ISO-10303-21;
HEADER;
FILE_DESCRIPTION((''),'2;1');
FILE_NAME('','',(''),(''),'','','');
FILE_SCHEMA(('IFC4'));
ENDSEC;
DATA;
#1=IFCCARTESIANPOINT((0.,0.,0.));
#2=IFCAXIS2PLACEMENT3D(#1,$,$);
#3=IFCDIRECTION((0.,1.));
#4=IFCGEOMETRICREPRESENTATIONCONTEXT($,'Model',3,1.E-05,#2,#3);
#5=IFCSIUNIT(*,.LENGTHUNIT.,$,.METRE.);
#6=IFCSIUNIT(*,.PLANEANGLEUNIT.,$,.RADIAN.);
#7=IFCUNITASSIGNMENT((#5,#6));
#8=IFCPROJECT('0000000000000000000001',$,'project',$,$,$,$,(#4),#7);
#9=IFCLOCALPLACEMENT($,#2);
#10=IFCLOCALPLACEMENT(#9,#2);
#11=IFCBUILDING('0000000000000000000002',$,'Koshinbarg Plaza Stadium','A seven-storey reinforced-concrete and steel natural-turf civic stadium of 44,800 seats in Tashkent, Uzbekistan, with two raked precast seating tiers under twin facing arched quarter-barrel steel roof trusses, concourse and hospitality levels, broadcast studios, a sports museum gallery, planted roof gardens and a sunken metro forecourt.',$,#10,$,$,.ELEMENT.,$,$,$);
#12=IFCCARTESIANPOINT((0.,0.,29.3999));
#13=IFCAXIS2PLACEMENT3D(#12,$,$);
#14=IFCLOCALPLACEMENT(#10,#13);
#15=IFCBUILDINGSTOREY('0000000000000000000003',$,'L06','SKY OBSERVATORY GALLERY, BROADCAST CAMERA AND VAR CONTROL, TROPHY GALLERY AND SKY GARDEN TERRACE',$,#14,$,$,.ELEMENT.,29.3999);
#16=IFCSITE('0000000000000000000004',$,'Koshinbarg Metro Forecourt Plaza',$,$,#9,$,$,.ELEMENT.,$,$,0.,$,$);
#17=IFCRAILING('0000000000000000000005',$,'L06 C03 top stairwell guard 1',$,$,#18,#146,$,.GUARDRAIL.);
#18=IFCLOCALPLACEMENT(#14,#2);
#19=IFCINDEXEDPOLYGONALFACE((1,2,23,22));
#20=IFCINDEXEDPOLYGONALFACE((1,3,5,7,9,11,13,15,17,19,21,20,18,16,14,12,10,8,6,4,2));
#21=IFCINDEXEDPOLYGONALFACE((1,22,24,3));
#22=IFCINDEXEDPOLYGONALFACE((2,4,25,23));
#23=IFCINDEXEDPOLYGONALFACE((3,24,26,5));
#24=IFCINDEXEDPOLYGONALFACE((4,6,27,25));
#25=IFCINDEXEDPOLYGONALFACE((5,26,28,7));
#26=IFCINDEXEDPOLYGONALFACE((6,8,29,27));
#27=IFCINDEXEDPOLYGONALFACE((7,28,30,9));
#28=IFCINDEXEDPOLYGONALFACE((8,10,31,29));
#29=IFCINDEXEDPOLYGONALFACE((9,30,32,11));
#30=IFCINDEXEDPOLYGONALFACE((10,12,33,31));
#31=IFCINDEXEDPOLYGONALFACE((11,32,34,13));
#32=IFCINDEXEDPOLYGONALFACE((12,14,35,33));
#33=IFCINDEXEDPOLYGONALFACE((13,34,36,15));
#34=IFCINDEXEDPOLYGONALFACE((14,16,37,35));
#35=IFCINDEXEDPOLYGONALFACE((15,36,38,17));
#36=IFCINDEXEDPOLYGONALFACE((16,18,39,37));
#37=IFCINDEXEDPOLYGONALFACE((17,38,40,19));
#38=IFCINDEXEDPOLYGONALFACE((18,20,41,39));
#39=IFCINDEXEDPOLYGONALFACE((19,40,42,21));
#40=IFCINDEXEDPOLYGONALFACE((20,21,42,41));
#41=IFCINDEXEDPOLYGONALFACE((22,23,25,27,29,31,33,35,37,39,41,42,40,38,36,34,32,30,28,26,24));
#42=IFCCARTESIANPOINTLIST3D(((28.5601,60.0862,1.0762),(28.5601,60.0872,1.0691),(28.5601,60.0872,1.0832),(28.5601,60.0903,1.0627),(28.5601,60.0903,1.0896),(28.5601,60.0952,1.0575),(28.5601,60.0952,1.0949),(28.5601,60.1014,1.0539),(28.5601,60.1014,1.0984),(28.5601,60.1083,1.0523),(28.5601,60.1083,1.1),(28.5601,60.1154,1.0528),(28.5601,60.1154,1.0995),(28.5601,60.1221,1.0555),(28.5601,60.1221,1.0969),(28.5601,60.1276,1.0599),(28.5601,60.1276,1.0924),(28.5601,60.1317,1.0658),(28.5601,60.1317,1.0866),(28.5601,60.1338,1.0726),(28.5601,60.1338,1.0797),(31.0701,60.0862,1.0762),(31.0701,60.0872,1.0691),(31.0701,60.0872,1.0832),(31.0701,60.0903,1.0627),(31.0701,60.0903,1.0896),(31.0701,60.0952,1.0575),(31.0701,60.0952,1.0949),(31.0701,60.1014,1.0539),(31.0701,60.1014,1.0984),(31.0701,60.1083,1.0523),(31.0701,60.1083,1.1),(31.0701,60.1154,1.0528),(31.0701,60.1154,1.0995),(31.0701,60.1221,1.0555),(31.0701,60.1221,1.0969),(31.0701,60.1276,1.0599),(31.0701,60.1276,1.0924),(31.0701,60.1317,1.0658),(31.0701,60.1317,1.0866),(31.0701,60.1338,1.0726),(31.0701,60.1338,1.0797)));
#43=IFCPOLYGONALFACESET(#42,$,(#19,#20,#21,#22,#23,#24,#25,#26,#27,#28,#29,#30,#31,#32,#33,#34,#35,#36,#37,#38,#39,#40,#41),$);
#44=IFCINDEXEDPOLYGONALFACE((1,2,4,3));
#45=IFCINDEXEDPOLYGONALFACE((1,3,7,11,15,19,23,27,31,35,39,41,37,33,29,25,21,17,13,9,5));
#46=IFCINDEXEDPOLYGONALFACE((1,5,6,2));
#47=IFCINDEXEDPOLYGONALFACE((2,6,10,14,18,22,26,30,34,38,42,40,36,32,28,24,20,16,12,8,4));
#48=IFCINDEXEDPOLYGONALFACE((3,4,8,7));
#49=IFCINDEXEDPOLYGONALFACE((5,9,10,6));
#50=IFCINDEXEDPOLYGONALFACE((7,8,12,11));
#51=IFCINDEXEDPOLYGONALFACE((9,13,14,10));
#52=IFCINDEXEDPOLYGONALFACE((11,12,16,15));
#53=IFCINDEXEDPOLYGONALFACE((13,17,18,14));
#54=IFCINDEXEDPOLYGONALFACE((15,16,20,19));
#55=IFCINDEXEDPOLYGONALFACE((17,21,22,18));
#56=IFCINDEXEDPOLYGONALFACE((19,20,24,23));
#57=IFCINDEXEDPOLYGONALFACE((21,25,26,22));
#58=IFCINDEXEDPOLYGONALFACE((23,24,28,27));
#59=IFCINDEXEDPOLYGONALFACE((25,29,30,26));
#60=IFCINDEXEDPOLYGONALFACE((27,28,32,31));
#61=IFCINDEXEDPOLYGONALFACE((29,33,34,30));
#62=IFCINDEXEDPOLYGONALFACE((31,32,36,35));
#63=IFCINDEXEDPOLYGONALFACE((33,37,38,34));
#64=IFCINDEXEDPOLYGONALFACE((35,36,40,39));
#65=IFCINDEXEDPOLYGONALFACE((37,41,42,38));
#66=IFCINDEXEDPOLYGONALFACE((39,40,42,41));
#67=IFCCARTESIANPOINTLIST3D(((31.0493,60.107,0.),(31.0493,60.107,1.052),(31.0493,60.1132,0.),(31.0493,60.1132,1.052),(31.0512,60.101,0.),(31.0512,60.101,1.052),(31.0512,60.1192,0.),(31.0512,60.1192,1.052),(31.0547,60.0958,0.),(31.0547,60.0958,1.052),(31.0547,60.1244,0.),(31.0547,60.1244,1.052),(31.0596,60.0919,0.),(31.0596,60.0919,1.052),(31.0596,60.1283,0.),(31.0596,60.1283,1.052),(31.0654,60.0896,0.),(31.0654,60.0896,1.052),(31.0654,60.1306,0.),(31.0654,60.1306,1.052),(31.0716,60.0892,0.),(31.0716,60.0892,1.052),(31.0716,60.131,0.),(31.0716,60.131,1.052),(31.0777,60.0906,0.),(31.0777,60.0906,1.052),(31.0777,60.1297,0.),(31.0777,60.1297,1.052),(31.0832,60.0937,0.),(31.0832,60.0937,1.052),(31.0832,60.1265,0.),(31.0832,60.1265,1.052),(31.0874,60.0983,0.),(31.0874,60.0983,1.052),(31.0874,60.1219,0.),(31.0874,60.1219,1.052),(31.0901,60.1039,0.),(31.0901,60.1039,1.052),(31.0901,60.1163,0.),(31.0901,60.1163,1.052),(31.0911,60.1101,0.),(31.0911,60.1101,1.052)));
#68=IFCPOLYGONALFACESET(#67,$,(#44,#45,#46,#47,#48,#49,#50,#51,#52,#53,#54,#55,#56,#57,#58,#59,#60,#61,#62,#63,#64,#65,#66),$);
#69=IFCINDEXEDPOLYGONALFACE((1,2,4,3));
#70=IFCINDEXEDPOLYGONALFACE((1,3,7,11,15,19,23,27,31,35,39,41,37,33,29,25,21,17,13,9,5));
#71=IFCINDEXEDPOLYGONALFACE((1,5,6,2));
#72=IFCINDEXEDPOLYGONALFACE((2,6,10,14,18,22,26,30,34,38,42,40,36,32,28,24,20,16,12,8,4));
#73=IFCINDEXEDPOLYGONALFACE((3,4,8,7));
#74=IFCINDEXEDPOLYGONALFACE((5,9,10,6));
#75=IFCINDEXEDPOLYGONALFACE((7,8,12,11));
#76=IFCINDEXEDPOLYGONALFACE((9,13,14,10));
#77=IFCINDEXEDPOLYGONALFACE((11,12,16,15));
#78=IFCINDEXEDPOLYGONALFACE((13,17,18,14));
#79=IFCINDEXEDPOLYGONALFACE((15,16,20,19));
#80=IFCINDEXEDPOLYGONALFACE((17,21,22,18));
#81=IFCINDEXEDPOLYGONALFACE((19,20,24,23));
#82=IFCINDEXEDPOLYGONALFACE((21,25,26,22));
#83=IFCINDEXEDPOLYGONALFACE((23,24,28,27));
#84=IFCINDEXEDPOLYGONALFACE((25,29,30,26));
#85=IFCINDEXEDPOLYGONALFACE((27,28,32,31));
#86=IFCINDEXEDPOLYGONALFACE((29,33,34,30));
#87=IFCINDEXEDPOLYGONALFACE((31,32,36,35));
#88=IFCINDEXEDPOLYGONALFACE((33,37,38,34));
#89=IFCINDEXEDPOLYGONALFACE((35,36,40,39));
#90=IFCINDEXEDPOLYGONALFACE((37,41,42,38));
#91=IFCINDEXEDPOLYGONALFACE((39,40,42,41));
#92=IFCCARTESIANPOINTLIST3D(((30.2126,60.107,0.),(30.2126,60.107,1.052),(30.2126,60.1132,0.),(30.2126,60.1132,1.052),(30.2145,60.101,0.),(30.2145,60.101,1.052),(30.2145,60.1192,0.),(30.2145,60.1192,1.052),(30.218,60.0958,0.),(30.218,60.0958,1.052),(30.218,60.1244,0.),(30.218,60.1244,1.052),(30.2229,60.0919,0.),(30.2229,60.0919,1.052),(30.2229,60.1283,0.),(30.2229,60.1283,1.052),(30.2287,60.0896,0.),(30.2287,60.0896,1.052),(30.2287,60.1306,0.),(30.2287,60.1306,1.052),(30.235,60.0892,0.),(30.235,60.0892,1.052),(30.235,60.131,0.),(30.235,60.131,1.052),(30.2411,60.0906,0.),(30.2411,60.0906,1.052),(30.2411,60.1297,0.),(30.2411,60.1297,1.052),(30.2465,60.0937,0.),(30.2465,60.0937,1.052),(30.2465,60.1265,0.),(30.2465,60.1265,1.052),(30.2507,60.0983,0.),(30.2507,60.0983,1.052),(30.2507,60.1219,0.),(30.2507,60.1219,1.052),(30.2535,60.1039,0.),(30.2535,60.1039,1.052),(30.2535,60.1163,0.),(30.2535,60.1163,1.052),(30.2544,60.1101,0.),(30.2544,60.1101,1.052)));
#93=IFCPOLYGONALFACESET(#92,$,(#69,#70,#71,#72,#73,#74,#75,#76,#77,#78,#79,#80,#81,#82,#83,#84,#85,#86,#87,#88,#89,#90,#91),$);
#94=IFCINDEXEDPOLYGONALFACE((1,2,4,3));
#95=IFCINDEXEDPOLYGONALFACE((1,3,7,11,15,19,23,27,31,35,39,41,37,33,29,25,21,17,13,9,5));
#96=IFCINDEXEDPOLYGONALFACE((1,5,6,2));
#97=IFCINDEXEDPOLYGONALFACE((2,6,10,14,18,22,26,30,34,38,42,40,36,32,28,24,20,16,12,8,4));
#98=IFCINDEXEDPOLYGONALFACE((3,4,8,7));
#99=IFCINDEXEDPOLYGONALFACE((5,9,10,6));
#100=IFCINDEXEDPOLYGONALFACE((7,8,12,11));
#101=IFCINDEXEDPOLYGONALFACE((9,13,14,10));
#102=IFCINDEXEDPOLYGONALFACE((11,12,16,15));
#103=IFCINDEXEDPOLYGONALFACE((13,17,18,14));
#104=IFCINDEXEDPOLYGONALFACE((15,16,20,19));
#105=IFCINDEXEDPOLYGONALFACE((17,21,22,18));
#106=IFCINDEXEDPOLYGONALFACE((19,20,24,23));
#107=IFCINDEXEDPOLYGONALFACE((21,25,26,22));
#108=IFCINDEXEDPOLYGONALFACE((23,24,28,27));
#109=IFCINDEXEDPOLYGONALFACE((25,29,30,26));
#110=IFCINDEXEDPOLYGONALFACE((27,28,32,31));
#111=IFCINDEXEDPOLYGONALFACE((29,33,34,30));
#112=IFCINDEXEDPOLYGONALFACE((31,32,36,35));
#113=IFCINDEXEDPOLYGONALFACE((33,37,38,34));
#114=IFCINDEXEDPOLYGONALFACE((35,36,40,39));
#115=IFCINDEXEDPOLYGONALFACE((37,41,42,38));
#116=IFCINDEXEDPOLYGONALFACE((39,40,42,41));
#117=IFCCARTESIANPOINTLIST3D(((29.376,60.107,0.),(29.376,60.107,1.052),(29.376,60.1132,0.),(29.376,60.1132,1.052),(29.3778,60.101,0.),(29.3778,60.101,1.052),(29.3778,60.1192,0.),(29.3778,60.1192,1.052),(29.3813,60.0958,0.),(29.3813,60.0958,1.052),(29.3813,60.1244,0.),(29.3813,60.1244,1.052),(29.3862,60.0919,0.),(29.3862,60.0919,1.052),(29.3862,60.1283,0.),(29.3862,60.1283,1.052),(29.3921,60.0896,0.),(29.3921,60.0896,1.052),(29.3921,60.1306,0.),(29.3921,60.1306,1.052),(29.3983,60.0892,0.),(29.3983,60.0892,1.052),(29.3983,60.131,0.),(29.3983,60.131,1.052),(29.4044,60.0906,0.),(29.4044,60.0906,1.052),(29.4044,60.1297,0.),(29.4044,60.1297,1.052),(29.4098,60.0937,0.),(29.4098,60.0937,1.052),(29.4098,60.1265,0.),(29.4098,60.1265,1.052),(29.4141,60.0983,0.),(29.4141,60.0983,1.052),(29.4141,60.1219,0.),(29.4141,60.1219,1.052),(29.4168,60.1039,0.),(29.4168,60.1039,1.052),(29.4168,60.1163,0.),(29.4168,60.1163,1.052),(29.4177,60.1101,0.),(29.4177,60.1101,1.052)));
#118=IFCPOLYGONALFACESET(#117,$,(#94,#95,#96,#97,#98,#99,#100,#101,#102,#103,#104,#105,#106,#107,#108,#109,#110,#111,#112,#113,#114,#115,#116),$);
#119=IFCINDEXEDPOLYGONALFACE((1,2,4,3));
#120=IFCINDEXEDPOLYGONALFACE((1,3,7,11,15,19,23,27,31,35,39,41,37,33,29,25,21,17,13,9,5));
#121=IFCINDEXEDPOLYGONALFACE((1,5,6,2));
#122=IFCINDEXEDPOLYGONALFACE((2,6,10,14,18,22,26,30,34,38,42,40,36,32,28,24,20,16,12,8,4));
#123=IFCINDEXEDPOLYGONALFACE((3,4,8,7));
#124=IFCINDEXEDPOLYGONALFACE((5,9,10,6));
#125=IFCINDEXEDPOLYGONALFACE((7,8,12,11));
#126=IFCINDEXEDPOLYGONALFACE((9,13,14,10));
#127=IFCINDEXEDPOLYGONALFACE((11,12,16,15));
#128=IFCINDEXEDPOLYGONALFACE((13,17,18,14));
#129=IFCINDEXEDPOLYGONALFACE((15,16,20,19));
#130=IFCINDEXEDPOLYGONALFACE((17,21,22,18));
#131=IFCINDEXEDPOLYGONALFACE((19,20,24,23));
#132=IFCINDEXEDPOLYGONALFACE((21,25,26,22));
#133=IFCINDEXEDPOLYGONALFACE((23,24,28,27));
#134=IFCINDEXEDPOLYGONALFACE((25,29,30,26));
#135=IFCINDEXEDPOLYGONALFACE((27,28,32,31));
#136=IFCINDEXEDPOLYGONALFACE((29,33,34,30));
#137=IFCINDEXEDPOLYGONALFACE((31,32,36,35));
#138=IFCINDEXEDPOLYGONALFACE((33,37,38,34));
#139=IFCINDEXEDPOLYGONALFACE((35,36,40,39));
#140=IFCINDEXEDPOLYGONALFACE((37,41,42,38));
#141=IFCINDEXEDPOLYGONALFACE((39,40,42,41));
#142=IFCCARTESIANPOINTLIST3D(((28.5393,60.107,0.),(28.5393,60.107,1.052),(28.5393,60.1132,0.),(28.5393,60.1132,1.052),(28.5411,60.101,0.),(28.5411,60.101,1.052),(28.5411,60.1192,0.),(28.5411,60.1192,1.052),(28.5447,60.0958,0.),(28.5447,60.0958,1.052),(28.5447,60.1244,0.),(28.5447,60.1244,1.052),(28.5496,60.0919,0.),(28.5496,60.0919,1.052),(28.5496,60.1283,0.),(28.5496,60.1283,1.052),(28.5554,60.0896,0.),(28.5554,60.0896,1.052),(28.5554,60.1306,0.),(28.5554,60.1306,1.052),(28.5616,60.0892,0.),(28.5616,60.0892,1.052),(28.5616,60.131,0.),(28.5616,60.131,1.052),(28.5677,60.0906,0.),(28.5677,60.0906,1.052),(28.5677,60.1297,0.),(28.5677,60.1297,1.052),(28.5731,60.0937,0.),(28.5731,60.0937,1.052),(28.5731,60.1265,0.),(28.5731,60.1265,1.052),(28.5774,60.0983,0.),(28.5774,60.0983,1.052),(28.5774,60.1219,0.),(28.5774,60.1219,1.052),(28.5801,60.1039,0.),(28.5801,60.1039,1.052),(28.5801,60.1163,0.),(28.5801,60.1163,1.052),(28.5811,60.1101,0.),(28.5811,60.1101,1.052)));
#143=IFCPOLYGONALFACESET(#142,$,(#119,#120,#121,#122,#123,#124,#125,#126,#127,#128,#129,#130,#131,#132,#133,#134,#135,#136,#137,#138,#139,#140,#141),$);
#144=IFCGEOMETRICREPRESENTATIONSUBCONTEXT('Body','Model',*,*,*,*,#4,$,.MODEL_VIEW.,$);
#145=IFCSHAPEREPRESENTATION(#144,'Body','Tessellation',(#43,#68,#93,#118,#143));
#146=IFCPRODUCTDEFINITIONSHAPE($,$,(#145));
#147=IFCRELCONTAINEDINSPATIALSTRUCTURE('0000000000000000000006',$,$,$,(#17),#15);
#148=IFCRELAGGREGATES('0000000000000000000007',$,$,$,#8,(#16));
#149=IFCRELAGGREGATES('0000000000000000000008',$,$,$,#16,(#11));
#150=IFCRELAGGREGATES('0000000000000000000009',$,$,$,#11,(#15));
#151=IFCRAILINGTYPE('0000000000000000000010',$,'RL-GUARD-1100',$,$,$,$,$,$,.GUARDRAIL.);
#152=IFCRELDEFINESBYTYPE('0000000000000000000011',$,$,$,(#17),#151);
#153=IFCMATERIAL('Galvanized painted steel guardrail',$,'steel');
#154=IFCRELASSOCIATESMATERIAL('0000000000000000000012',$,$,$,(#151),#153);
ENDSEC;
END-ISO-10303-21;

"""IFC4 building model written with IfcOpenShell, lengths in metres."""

from ifc_helpers import new_model, si_unit, direction, frame, origin, origin_2d, place, context, subcontext, project, spatial, circle, extrude, material, type_object, element, save


model = new_model("IFC4")

# Units and contexts
model_context = context("Model", 3, precision=1e-05, world=origin(), true_north=direction((0.0, 1.0)))
body_context = subcontext(model_context, "Body", "Model", "MODEL_VIEW")
ifc_project = project(units=[si_unit("LENGTHUNIT", "METRE"), si_unit("PLANEANGLEUNIT", "RADIAN")], contexts=[model_context])

# Site, building, storey
site_placement = place(None, origin())
site = spatial("IfcSite", under=ifc_project, at=site_placement, Name="Koshinbarg Metro Forecourt Plaza", CompositionType="ELEMENT", RefElevation=0.0)
building_placement = place(site_placement, origin())
building = spatial("IfcBuilding", under=site, at=building_placement, Name="Koshinbarg Plaza Stadium", Description="A seven-storey reinforced-concrete and steel natural-turf civic stadium of 44,800 seats in Tashkent, Uzbekistan, with two raked precast seating tiers under twin facing arched quarter-barrel steel roof trusses, concourse and hospitality levels, broadcast studios, a sports museum gallery, planted roof gardens and a sunken metro forecourt.", CompositionType="ELEMENT")
storey_placement = place(building_placement, frame((0.0, 0.0, 29.3999)))
storey = spatial("IfcBuildingStorey", under=building, at=storey_placement, Name="L06", Description="SKY OBSERVATORY GALLERY, BROADCAST CAMERA AND VAR CONTROL, TROPHY GALLERY AND SKY GARDEN TERRACE", CompositionType="ELEMENT", Elevation=29.3999)

# Railing
ifc_material_1 = material(Name="Galvanized painted steel guardrail", Category="steel")
railing_type_1 = type_object("IfcRailingType", Name="RL-GUARD-1100", PredefinedType="GUARDRAIL", material=ifc_material_1)
railing_1_placement = place(storey_placement, frame((31.0701, 60.1101, 0.0)))
element("IfcRailing", 1, at=railing_1_placement, inside=storey, type_object=railing_type_1, Name="L06 C03 top stairwell guard 1", PredefinedType="GUARDRAIL", context=body_context, shape_type="SweptSolid", body=[
    extrude(circle(Radius=0.0239, at=origin_2d()), frame((0.0, 0.0, 1.0762), z_axis=(-1.0, 0.0, 0.0), x_axis=(0.0, -1.0, 0.0)), (0.0, 0.0, 1.0), 2.51),
    extrude(circle(Radius=0.021, at=origin_2d()), origin(), (0.0, 0.0, 1.0), 1.052),
    extrude(circle(Radius=0.021, at=origin_2d()), frame((-0.8367, 0.0, 0.0)), (0.0, 0.0, 1.0), 1.052),
    extrude(circle(Radius=0.021, at=origin_2d()), frame((-1.6733, 0.0, 0.0)), (0.0, 0.0, 1.0), 1.052),
    extrude(circle(Radius=0.021, at=origin_2d()), frame((-2.51, 0.0, 0.0)), (0.0, 0.0, 1.0), 1.052),
])

save(model, "model.ifc")
